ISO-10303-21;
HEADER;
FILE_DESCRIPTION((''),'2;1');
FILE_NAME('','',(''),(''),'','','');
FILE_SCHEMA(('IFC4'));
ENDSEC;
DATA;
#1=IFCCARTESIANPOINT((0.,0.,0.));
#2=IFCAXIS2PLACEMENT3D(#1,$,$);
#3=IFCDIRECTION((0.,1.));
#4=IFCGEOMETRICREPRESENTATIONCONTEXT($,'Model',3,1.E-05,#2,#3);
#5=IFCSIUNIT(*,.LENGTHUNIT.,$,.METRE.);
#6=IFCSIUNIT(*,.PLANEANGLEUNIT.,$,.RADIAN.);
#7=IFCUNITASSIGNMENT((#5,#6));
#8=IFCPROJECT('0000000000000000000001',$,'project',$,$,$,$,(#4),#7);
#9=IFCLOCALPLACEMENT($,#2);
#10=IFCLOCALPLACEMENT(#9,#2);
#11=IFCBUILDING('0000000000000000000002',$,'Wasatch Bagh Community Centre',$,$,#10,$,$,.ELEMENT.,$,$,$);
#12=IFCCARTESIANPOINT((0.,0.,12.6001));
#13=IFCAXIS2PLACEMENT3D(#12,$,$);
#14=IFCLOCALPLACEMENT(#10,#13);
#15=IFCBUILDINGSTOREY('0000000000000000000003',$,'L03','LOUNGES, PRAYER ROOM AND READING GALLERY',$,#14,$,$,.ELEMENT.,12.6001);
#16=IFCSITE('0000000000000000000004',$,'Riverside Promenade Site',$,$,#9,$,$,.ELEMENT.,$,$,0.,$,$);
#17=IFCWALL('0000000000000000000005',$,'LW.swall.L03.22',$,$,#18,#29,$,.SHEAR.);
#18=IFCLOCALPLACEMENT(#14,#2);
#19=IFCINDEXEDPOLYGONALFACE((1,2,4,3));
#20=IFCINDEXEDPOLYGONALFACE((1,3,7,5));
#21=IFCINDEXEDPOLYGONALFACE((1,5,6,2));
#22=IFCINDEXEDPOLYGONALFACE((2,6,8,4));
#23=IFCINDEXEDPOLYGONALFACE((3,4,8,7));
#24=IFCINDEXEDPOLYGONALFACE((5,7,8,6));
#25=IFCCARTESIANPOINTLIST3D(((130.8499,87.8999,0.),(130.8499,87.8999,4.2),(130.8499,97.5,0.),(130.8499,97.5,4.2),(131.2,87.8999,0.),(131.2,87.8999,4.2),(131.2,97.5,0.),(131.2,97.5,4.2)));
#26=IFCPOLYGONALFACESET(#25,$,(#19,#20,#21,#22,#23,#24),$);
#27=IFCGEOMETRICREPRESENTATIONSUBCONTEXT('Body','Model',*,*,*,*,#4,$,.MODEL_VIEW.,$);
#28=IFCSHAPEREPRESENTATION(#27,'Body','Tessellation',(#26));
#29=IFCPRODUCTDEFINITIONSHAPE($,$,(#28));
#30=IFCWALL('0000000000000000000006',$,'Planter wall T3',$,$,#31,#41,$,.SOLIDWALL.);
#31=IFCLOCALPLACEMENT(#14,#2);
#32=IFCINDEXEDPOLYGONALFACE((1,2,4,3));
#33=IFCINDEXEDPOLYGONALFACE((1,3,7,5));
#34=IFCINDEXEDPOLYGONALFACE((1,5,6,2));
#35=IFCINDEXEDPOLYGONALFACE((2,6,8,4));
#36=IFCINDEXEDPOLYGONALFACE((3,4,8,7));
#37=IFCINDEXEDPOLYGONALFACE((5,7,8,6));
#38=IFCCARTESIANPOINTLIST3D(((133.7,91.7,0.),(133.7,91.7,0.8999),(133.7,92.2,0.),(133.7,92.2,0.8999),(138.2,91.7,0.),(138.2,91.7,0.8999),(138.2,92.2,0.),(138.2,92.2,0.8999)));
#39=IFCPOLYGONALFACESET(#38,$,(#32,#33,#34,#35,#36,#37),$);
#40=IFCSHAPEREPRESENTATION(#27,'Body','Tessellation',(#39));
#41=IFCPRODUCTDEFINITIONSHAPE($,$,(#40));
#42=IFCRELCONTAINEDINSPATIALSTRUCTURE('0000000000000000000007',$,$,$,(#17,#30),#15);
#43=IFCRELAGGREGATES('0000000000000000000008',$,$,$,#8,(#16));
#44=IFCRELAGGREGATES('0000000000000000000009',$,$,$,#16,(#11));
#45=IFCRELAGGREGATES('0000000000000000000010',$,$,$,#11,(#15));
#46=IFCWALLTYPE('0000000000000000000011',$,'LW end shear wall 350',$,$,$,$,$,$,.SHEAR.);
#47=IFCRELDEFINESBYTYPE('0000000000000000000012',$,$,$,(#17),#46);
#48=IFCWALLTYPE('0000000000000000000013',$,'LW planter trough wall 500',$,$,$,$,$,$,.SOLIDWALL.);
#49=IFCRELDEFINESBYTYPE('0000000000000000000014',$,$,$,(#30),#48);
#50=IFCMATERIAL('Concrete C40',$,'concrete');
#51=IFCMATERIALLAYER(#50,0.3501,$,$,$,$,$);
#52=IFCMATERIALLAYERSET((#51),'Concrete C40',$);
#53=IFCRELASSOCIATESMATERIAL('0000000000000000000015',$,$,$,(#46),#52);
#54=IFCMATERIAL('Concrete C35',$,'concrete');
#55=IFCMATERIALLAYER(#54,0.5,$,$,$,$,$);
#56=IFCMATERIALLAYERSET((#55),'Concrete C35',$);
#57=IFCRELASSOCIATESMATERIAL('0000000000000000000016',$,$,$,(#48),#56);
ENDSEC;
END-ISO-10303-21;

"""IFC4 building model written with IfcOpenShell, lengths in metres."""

from ifc_helpers import new_model, si_unit, direction, frame, frame_2d, origin, place, context, subcontext, project, spatial, rectangle, extrude, material, layer, layer_set, type_object, element, save


model = new_model("IFC4")

# Units and contexts
model_context = context("Model", 3, precision=1e-05, world=origin(), true_north=direction((0.0, 1.0)))
body_context = subcontext(model_context, "Body", "Model", "MODEL_VIEW")
ifc_project = project(units=[si_unit("LENGTHUNIT", "METRE"), si_unit("PLANEANGLEUNIT", "RADIAN")], contexts=[model_context])

# Site, building, storey
site_placement = place(None, origin())
site = spatial("IfcSite", under=ifc_project, at=site_placement, Name="Riverside Promenade Site", CompositionType="ELEMENT", RefElevation=0.0)
building_placement = place(site_placement, origin())
building = spatial("IfcBuilding", under=site, at=building_placement, Name="Wasatch Bagh Community Centre", CompositionType="ELEMENT")
storey_placement = place(building_placement, frame((0.0, 0.0, 12.6001)))
storey = spatial("IfcBuildingStorey", under=building, at=storey_placement, Name="L03", Description="LOUNGES, PRAYER ROOM AND READING GALLERY", CompositionType="ELEMENT", Elevation=12.6001)

# Shared definitions
ifc_material_1 = material(Name="Concrete C40", Category="concrete")
ifc_material_2 = material(Name="Concrete C35", Category="concrete")

# Walls
ifc_layer_1 = layer(ifc_material_1, 0.3501)
ifc_layer_set_1 = layer_set([ifc_layer_1], Name="Concrete C40")
wall_type_1 = type_object("IfcWallType", Name="LW end shear wall 350", PredefinedType="SHEAR", material=ifc_layer_set_1)
wall_1_placement = place(storey_placement, frame((131.0249, 97.5, 0.0), z_axis=(0.0, 0.0, 1.0), x_axis=(0.0, -1.0, 0.0)))
element("IfcWall", 1, at=wall_1_placement, inside=storey, type_object=wall_type_1, Name="LW.swall.L03.22", PredefinedType="SHEAR", context=body_context, shape_type="SweptSolid", body=[
    extrude(rectangle(XDim=9.6001, YDim=0.3501, at=frame_2d((4.8, 0.0))), origin(), (0.0, 0.0, 1.0), 4.2),
])
ifc_layer_2 = layer(ifc_material_2, 0.5)
ifc_layer_set_2 = layer_set([ifc_layer_2], Name="Concrete C35")
wall_type_2 = type_object("IfcWallType", Name="LW planter trough wall 500", PredefinedType="SOLIDWALL", material=ifc_layer_set_2)
wall_2_placement = place(storey_placement, frame((133.7, 91.95, 0.0), z_axis=(0.0, 0.0, 1.0), x_axis=(1.0, 0.0, 0.0)))
element("IfcWall", 2, at=wall_2_placement, inside=storey, type_object=wall_type_2, Name="Planter wall T3", PredefinedType="SOLIDWALL", context=body_context, shape_type="SweptSolid", body=[
    extrude(rectangle(XDim=4.5, YDim=0.5, at=frame_2d((2.25, 0.0))), origin(), (0.0, 0.0, 1.0), 0.8999),
])

save(model, "model.ifc")
